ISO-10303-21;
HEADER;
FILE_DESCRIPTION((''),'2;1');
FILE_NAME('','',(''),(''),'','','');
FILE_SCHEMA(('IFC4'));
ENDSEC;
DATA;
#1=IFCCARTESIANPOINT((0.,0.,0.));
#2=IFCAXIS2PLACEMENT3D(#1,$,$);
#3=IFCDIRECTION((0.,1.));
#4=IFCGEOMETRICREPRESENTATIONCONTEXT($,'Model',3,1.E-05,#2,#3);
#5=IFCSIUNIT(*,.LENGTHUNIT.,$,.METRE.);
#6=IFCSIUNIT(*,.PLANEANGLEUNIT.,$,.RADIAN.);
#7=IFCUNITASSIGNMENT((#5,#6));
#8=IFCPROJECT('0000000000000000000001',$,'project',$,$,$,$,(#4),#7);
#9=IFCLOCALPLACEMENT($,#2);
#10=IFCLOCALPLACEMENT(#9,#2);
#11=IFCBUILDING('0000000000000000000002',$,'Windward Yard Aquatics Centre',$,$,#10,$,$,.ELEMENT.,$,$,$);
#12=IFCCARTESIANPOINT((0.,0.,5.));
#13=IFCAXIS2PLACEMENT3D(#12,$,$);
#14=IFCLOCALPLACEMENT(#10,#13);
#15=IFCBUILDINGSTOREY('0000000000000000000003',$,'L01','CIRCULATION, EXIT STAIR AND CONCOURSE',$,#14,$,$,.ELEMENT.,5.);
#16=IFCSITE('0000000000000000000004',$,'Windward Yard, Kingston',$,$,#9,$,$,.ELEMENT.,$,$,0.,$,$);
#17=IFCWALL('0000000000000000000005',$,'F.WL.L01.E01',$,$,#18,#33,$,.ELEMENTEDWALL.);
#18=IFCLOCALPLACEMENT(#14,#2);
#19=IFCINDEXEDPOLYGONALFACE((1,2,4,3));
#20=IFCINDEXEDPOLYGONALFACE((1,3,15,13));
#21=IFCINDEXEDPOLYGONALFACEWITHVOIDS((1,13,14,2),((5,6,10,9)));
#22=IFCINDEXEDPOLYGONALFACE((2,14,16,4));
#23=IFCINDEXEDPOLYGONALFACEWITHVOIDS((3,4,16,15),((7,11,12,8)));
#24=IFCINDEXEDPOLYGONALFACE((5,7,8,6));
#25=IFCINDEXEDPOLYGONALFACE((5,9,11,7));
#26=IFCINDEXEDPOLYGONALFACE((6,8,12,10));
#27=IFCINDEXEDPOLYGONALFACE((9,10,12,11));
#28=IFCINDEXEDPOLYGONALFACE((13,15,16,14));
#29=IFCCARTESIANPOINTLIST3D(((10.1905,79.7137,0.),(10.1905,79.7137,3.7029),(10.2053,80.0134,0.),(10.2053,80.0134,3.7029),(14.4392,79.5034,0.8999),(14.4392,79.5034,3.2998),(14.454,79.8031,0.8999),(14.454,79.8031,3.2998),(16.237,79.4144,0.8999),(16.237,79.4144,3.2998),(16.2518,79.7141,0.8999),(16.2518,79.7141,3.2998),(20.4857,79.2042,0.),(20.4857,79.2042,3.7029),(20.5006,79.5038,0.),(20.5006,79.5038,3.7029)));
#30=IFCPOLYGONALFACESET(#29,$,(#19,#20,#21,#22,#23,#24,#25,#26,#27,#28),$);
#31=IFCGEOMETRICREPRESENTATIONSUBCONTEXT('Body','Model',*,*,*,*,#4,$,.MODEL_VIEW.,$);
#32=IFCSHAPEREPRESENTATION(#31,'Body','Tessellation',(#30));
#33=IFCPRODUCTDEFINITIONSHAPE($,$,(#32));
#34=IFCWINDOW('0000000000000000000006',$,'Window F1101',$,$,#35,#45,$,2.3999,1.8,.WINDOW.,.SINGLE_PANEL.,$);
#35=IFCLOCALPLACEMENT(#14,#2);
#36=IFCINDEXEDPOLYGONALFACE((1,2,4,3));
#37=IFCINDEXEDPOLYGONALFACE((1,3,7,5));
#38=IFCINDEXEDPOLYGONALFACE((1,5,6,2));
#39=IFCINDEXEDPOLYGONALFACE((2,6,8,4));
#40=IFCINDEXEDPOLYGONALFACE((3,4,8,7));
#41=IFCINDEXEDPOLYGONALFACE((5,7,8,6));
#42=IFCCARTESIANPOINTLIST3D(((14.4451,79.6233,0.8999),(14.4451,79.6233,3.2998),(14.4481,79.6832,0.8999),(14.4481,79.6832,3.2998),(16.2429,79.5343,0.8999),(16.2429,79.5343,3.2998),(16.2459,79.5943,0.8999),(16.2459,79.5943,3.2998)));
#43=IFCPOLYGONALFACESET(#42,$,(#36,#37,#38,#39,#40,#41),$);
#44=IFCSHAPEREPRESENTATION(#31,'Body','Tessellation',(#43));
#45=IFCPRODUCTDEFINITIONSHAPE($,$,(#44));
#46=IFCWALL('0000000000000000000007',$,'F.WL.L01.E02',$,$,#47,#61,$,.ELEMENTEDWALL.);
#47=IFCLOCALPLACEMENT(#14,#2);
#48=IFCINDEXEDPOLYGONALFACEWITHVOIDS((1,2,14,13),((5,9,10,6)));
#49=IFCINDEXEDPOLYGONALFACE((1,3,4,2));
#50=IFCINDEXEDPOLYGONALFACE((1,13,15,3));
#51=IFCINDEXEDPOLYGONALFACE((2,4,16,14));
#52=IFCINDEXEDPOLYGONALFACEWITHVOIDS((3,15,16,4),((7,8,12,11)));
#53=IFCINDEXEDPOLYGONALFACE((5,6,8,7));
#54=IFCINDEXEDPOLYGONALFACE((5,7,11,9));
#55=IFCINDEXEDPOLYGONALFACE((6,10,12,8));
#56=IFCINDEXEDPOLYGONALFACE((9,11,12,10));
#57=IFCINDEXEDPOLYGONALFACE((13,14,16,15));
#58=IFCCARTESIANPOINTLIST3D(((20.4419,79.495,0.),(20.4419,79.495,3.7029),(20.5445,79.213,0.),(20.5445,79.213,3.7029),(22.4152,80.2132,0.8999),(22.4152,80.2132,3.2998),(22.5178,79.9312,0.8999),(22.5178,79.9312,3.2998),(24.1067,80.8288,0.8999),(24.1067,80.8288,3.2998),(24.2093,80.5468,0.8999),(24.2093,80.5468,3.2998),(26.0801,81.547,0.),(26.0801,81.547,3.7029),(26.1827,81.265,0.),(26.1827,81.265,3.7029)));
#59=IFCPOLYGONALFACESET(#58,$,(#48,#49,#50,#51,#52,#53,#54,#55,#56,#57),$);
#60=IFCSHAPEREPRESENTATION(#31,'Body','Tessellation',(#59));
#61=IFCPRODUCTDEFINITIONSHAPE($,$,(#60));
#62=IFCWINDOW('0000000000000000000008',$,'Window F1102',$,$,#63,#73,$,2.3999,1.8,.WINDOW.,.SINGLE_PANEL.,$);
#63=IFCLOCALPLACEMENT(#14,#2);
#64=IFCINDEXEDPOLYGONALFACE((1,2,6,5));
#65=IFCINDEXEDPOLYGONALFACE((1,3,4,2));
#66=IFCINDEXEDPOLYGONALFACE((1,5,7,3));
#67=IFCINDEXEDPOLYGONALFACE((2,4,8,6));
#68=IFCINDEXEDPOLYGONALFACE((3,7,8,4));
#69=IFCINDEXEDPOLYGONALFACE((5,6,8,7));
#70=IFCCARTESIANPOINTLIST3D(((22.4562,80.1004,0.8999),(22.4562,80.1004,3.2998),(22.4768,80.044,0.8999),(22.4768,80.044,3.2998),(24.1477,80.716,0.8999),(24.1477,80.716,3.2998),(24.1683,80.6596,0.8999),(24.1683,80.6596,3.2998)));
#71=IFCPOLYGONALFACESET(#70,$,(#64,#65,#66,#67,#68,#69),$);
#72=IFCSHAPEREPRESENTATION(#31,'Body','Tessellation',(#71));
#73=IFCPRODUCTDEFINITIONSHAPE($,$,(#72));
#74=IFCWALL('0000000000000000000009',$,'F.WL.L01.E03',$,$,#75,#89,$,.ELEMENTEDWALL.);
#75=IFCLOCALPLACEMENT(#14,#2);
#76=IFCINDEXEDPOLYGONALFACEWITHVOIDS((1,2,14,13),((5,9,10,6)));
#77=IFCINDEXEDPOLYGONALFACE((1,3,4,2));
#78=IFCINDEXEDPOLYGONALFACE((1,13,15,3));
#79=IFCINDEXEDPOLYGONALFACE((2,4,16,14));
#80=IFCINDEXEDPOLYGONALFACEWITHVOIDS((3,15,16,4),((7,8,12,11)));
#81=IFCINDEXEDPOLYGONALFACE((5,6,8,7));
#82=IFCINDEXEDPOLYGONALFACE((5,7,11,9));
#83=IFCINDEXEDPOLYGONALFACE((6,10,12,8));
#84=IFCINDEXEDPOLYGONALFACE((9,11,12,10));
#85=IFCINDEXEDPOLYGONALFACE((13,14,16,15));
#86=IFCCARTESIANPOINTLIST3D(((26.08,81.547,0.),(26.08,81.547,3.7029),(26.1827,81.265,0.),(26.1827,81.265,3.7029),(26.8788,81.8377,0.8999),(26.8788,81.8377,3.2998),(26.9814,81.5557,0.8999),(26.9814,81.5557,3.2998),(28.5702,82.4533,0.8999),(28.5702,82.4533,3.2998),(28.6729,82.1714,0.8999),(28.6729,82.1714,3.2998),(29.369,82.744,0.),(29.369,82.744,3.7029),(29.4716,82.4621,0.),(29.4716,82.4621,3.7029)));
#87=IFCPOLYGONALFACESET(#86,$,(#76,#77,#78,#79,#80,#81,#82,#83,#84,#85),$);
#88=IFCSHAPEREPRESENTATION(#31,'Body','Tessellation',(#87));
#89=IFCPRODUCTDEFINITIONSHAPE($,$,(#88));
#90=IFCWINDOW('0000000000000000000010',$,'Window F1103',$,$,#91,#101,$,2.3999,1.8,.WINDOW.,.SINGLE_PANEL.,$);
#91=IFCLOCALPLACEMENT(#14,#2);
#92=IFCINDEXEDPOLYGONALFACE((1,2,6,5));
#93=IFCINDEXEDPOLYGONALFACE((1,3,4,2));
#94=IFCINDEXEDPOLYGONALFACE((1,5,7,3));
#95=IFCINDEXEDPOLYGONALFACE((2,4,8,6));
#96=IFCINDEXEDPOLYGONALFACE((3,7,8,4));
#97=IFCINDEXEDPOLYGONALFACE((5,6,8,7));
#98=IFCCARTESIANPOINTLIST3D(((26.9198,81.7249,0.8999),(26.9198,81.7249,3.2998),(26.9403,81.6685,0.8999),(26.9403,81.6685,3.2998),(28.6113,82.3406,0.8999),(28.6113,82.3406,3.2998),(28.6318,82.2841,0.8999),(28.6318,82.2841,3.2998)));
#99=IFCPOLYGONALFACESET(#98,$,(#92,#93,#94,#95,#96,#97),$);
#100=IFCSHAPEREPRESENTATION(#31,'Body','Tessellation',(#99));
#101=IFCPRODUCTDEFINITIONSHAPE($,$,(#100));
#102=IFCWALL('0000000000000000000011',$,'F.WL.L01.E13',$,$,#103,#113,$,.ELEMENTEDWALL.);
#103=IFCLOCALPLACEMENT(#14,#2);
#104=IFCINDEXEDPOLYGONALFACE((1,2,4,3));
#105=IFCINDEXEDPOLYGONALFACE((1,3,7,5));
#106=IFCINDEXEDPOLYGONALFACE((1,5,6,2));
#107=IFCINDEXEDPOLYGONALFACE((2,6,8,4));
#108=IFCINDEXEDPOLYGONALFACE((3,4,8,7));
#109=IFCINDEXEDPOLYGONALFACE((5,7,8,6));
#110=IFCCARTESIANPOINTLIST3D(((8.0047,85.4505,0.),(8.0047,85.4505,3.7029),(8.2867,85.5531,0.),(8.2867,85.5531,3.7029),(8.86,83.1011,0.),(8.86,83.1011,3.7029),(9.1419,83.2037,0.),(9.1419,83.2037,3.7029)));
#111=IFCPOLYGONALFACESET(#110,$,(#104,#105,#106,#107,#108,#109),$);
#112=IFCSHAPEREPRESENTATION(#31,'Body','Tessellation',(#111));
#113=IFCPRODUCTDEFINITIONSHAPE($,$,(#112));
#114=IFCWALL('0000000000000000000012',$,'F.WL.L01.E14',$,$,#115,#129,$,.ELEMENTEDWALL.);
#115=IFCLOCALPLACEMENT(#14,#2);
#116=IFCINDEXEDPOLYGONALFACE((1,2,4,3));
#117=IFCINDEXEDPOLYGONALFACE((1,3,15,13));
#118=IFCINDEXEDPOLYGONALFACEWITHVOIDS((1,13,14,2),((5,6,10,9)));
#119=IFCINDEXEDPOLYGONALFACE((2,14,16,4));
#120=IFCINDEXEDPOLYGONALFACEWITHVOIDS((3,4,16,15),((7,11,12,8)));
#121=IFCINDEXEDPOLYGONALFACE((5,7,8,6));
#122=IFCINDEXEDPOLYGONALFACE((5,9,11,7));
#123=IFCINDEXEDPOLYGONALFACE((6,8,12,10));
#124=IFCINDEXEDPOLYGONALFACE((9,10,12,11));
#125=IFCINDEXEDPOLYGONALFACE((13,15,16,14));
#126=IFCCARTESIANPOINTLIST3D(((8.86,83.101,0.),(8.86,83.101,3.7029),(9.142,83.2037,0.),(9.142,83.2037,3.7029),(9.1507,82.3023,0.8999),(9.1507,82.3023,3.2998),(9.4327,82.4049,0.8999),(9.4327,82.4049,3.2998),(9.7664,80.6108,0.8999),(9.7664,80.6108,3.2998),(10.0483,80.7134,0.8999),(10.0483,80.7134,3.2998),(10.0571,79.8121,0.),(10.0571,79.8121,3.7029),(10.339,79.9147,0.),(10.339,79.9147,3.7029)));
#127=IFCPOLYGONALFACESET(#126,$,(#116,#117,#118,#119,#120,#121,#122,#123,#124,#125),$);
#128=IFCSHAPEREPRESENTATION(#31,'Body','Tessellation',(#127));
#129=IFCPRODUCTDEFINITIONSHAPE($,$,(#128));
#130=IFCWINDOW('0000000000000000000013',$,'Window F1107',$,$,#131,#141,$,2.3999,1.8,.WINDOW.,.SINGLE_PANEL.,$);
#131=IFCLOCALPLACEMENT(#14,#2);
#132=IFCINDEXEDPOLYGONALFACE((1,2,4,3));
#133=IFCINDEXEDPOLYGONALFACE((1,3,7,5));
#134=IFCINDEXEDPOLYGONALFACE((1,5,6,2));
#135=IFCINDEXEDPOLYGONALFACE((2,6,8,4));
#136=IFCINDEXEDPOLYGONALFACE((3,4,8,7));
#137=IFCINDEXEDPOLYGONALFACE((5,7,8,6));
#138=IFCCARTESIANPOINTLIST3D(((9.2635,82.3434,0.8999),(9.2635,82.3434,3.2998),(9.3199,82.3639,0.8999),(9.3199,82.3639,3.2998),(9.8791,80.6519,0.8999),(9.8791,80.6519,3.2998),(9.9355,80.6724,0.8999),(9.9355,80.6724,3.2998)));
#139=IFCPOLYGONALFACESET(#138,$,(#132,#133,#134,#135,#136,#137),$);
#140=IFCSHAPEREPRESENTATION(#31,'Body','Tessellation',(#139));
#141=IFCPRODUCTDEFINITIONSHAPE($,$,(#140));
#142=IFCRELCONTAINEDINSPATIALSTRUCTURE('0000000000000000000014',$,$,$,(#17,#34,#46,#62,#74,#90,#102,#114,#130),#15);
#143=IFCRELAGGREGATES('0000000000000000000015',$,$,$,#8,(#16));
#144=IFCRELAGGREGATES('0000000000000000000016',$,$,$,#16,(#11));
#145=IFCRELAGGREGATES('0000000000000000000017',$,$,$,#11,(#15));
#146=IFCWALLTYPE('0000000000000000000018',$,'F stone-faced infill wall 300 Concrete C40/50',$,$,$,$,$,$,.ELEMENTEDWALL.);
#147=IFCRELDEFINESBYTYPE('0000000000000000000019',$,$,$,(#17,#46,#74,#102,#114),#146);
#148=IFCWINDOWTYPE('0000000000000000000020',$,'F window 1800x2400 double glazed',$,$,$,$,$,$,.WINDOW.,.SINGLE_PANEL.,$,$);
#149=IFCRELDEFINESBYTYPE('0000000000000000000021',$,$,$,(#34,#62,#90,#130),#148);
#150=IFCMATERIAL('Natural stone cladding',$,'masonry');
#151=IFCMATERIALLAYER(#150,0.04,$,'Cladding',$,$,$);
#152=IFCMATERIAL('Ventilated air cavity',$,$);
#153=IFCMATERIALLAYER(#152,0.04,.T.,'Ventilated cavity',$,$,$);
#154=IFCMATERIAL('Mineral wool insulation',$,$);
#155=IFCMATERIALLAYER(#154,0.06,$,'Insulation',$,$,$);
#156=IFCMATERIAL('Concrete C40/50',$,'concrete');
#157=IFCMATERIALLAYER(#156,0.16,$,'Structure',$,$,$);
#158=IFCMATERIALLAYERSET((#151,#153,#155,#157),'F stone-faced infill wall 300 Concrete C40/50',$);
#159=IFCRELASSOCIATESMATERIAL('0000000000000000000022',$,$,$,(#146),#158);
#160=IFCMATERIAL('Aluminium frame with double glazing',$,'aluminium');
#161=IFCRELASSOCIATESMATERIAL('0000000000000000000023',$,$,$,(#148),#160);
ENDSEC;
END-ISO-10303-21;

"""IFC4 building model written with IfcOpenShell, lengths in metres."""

from ifc_helpers import new_model, si_unit, direction, frame, frame_2d, origin, place, context, subcontext, project, spatial, rectangle, extrude, material, layer, layer_set, type_object, element, fill, save


model = new_model("IFC4")

# Units and contexts
model_context = context("Model", 3, precision=1e-05, world=origin(), true_north=direction((0.0, 1.0)))
body_context = subcontext(model_context, "Body", "Model", "MODEL_VIEW")
ifc_project = project(units=[si_unit("LENGTHUNIT", "METRE"), si_unit("PLANEANGLEUNIT", "RADIAN")], contexts=[model_context])

# Site, building, storey
site_placement = place(None, origin())
site = spatial("IfcSite", under=ifc_project, at=site_placement, Name="Windward Yard, Kingston", CompositionType="ELEMENT", RefElevation=0.0)
building_placement = place(site_placement, origin())
building = spatial("IfcBuilding", under=site, at=building_placement, Name="Windward Yard Aquatics Centre", CompositionType="ELEMENT")
storey_placement = place(building_placement, frame((0.0, 0.0, 5.0)))
storey = spatial("IfcBuildingStorey", under=building, at=storey_placement, Name="L01", Description="CIRCULATION, EXIT STAIR AND CONCOURSE", CompositionType="ELEMENT", Elevation=5.0)

# Walls, openings, windows
ifc_material_1 = material(Name="Natural stone cladding", Category="masonry")
ifc_layer_1 = layer(ifc_material_1, 0.04, Name="Cladding")
ifc_material_2 = material(Name="Ventilated air cavity")
ifc_layer_2 = layer(ifc_material_2, 0.04, ventilated=True, Name="Ventilated cavity")
ifc_material_3 = material(Name="Mineral wool insulation")
ifc_layer_3 = layer(ifc_material_3, 0.06, Name="Insulation")
ifc_material_4 = material(Name="Concrete C40/50", Category="concrete")
ifc_layer_4 = layer(ifc_material_4, 0.16, Name="Structure")
ifc_layer_set_1 = layer_set([ifc_layer_1, ifc_layer_2, ifc_layer_3, ifc_layer_4], Name="F stone-faced infill wall 300 Concrete C40/50")
wall_type_1 = type_object("IfcWallType", Name="F stone-faced infill wall 300 Concrete C40/50", PredefinedType="ELEMENTEDWALL", material=ifc_layer_set_1)
wall_1_placement = place(storey_placement, frame((10.198, 79.8635, 0.0), z_axis=(0.0, 0.0, 1.0), x_axis=(0.998778, -0.049431, 0.0)))
wall_1 = element("IfcWall", 1, at=wall_1_placement, inside=storey, type_object=wall_type_1, Name="F.WL.L01.E01", PredefinedType="ELEMENTEDWALL", context=body_context, shape_type="SweptSolid", body=[
    extrude(rectangle(XDim=10.3079, YDim=0.3, at=frame_2d((5.1538, 0.0))), origin(), (0.0, 0.0, 1.0), 3.7029),
])
opening_1_placement = place(wall_1_placement, frame((4.2539, 0.0, 0.8999)))
opening_1 = element("IfcOpeningElement", 2, at=opening_1_placement, cuts=wall_1, PredefinedType="OPENING", context=body_context, shape_type="SweptSolid", body=[
    extrude(rectangle(XDim=1.8, YDim=2.3999, at=frame_2d((0.8999, 1.2))), frame((0.0, 0.1602, 0.0), z_axis=(0.0, -1.0, 0.0), x_axis=(1.0, 0.0, 0.0)), (0.0, 0.0, 1.0), 0.3201),
])
ifc_material_5 = material(Name="Aluminium frame with double glazing", Category="aluminium")
window_type = type_object("IfcWindowType", Name="F window 1800x2400 double glazed", PartitioningType="SINGLE_PANEL", PredefinedType="WINDOW", material=ifc_material_5)
window_1_placement = place(opening_1_placement, origin())
window_1 = element("IfcWindow", 3, at=window_1_placement, inside=storey, type_object=window_type, Name="Window F1101", OverallHeight=2.3999, OverallWidth=1.8, PartitioningType="SINGLE_PANEL", PredefinedType="WINDOW", context=body_context, shape_type="SweptSolid", body=[
    extrude(rectangle(XDim=1.8, YDim=2.3999, at=frame_2d((0.8999, 1.2))), frame((0.0, 0.03, 0.0), z_axis=(0.0, -1.0, 0.0), x_axis=(1.0, 0.0, 0.0)), (0.0, 0.0, 1.0), 0.0601),
])
fill(opening_1, window_1)
wall_2_placement = place(storey_placement, frame((20.4932, 79.354, 0.0), z_axis=(0.0, 0.0, 1.0), x_axis=(0.9397, 0.342001, 0.0)))
wall_2 = element("IfcWall", 4, at=wall_2_placement, inside=storey, type_object=wall_type_1, Name="F.WL.L01.E02", PredefinedType="ELEMENTEDWALL", context=body_context, shape_type="SweptSolid", body=[
    extrude(rectangle(XDim=6.0, YDim=0.3, at=frame_2d((3.0, 0.0))), origin(), (0.0, 0.0, 1.0), 3.7029),
])
opening_2_placement = place(wall_2_placement, frame((2.1001, 0.0, 0.8999)))
opening_2 = element("IfcOpeningElement", 5, at=opening_2_placement, cuts=wall_2, PredefinedType="OPENING", context=body_context, shape_type="SweptSolid", body=[
    extrude(rectangle(XDim=1.8, YDim=2.3999, at=frame_2d((0.8999, 1.2))), frame((0.0, 0.1602, 0.0), z_axis=(0.0, -1.0, 0.0), x_axis=(1.0, 0.0, 0.0)), (0.0, 0.0, 1.0), 0.3201),
])
window_2_placement = place(opening_2_placement, origin())
window_2 = element("IfcWindow", 6, at=window_2_placement, inside=storey, type_object=window_type, Name="Window F1102", OverallHeight=2.3999, OverallWidth=1.8, PartitioningType="SINGLE_PANEL", PredefinedType="WINDOW", context=body_context, shape_type="SweptSolid", body=[
    extrude(rectangle(XDim=1.8, YDim=2.3999, at=frame_2d((0.8999, 1.2))), frame((0.0, 0.03, 0.0), z_axis=(0.0, -1.0, 0.0), x_axis=(1.0, 0.0, 0.0)), (0.0, 0.0, 1.0), 0.0601),
])
fill(opening_2, window_2)
wall_3_placement = place(storey_placement, frame((26.1313, 81.406, 0.0), z_axis=(0.0, 0.0, 1.0), x_axis=(0.939694, 0.342017, 0.0)))
wall_3 = element("IfcWall", 7, at=wall_3_placement, inside=storey, type_object=wall_type_1, Name="F.WL.L01.E03", PredefinedType="ELEMENTEDWALL", context=body_context, shape_type="SweptSolid", body=[
    extrude(rectangle(XDim=3.5, YDim=0.3, at=frame_2d((1.75, 0.0))), origin(), (0.0, 0.0, 1.0), 3.7029),
])
opening_3_placement = place(wall_3_placement, frame((0.8501, 0.0, 0.8999)))
opening_3 = element("IfcOpeningElement", 8, at=opening_3_placement, cuts=wall_3, PredefinedType="OPENING", context=body_context, shape_type="SweptSolid", body=[
    extrude(rectangle(XDim=1.8, YDim=2.3999, at=frame_2d((0.8999, 1.2))), frame((0.0, 0.1602, 0.0), z_axis=(0.0, -1.0, 0.0), x_axis=(1.0, 0.0, 0.0)), (0.0, 0.0, 1.0), 0.3201),
])
window_3_placement = place(opening_3_placement, origin())
window_3 = element("IfcWindow", 9, at=window_3_placement, inside=storey, type_object=window_type, Name="Window F1103", OverallHeight=2.3999, OverallWidth=1.8, PartitioningType="SINGLE_PANEL", PredefinedType="WINDOW", context=body_context, shape_type="SweptSolid", body=[
    extrude(rectangle(XDim=1.8, YDim=2.3999, at=frame_2d((0.8999, 1.2))), frame((0.0, 0.03, 0.0), z_axis=(0.0, -1.0, 0.0), x_axis=(1.0, 0.0, 0.0)), (0.0, 0.0, 1.0), 0.0601),
])
fill(opening_3, window_3)

# Wall
wall_4_placement = place(storey_placement, frame((8.1458, 85.5017, 0.0), z_axis=(0.0, 0.0, 1.0), x_axis=(0.342065, -0.939676, 0.0)))
element("IfcWall", 10, at=wall_4_placement, inside=storey, type_object=wall_type_1, Name="F.WL.L01.E13", PredefinedType="ELEMENTEDWALL", context=body_context, shape_type="SweptSolid", body=[
    extrude(rectangle(XDim=2.5002, YDim=0.3, at=frame_2d((1.25, 0.0))), origin(), (0.0, 0.0, 1.0), 3.7029),
])

# Wall, opening, window
wall_5_placement = place(storey_placement, frame((9.001, 83.1523, 0.0), z_axis=(0.0, 0.0, 1.0), x_axis=(0.342017, -0.939694, 0.0)))
wall_5 = element("IfcWall", 11, at=wall_5_placement, inside=storey, type_object=wall_type_1, Name="F.WL.L01.E14", PredefinedType="ELEMENTEDWALL", context=body_context, shape_type="SweptSolid", body=[
    extrude(rectangle(XDim=3.5, YDim=0.3, at=frame_2d((1.75, 0.0))), origin(), (0.0, 0.0, 1.0), 3.7029),
])
opening_4_placement = place(wall_5_placement, frame((0.8501, 0.0, 0.8999)))
opening_4 = element("IfcOpeningElement", 12, at=opening_4_placement, cuts=wall_5, PredefinedType="OPENING", context=body_context, shape_type="SweptSolid", body=[
    extrude(rectangle(XDim=1.8, YDim=2.3999, at=frame_2d((0.8999, 1.2))), frame((0.0, 0.1602, 0.0), z_axis=(0.0, -1.0, 0.0), x_axis=(1.0, 0.0, 0.0)), (0.0, 0.0, 1.0), 0.3201),
])
window_4_placement = place(opening_4_placement, origin())
window_4 = element("IfcWindow", 13, at=window_4_placement, inside=storey, type_object=window_type, Name="Window F1107", OverallHeight=2.3999, OverallWidth=1.8, PartitioningType="SINGLE_PANEL", PredefinedType="WINDOW", context=body_context, shape_type="SweptSolid", body=[
    extrude(rectangle(XDim=1.8, YDim=2.3999, at=frame_2d((0.8999, 1.2))), frame((0.0, 0.03, 0.0), z_axis=(0.0, -1.0, 0.0), x_axis=(1.0, 0.0, 0.0)), (0.0, 0.0, 1.0), 0.0601),
])
fill(opening_4, window_4)

save(model, "model.ifc")
